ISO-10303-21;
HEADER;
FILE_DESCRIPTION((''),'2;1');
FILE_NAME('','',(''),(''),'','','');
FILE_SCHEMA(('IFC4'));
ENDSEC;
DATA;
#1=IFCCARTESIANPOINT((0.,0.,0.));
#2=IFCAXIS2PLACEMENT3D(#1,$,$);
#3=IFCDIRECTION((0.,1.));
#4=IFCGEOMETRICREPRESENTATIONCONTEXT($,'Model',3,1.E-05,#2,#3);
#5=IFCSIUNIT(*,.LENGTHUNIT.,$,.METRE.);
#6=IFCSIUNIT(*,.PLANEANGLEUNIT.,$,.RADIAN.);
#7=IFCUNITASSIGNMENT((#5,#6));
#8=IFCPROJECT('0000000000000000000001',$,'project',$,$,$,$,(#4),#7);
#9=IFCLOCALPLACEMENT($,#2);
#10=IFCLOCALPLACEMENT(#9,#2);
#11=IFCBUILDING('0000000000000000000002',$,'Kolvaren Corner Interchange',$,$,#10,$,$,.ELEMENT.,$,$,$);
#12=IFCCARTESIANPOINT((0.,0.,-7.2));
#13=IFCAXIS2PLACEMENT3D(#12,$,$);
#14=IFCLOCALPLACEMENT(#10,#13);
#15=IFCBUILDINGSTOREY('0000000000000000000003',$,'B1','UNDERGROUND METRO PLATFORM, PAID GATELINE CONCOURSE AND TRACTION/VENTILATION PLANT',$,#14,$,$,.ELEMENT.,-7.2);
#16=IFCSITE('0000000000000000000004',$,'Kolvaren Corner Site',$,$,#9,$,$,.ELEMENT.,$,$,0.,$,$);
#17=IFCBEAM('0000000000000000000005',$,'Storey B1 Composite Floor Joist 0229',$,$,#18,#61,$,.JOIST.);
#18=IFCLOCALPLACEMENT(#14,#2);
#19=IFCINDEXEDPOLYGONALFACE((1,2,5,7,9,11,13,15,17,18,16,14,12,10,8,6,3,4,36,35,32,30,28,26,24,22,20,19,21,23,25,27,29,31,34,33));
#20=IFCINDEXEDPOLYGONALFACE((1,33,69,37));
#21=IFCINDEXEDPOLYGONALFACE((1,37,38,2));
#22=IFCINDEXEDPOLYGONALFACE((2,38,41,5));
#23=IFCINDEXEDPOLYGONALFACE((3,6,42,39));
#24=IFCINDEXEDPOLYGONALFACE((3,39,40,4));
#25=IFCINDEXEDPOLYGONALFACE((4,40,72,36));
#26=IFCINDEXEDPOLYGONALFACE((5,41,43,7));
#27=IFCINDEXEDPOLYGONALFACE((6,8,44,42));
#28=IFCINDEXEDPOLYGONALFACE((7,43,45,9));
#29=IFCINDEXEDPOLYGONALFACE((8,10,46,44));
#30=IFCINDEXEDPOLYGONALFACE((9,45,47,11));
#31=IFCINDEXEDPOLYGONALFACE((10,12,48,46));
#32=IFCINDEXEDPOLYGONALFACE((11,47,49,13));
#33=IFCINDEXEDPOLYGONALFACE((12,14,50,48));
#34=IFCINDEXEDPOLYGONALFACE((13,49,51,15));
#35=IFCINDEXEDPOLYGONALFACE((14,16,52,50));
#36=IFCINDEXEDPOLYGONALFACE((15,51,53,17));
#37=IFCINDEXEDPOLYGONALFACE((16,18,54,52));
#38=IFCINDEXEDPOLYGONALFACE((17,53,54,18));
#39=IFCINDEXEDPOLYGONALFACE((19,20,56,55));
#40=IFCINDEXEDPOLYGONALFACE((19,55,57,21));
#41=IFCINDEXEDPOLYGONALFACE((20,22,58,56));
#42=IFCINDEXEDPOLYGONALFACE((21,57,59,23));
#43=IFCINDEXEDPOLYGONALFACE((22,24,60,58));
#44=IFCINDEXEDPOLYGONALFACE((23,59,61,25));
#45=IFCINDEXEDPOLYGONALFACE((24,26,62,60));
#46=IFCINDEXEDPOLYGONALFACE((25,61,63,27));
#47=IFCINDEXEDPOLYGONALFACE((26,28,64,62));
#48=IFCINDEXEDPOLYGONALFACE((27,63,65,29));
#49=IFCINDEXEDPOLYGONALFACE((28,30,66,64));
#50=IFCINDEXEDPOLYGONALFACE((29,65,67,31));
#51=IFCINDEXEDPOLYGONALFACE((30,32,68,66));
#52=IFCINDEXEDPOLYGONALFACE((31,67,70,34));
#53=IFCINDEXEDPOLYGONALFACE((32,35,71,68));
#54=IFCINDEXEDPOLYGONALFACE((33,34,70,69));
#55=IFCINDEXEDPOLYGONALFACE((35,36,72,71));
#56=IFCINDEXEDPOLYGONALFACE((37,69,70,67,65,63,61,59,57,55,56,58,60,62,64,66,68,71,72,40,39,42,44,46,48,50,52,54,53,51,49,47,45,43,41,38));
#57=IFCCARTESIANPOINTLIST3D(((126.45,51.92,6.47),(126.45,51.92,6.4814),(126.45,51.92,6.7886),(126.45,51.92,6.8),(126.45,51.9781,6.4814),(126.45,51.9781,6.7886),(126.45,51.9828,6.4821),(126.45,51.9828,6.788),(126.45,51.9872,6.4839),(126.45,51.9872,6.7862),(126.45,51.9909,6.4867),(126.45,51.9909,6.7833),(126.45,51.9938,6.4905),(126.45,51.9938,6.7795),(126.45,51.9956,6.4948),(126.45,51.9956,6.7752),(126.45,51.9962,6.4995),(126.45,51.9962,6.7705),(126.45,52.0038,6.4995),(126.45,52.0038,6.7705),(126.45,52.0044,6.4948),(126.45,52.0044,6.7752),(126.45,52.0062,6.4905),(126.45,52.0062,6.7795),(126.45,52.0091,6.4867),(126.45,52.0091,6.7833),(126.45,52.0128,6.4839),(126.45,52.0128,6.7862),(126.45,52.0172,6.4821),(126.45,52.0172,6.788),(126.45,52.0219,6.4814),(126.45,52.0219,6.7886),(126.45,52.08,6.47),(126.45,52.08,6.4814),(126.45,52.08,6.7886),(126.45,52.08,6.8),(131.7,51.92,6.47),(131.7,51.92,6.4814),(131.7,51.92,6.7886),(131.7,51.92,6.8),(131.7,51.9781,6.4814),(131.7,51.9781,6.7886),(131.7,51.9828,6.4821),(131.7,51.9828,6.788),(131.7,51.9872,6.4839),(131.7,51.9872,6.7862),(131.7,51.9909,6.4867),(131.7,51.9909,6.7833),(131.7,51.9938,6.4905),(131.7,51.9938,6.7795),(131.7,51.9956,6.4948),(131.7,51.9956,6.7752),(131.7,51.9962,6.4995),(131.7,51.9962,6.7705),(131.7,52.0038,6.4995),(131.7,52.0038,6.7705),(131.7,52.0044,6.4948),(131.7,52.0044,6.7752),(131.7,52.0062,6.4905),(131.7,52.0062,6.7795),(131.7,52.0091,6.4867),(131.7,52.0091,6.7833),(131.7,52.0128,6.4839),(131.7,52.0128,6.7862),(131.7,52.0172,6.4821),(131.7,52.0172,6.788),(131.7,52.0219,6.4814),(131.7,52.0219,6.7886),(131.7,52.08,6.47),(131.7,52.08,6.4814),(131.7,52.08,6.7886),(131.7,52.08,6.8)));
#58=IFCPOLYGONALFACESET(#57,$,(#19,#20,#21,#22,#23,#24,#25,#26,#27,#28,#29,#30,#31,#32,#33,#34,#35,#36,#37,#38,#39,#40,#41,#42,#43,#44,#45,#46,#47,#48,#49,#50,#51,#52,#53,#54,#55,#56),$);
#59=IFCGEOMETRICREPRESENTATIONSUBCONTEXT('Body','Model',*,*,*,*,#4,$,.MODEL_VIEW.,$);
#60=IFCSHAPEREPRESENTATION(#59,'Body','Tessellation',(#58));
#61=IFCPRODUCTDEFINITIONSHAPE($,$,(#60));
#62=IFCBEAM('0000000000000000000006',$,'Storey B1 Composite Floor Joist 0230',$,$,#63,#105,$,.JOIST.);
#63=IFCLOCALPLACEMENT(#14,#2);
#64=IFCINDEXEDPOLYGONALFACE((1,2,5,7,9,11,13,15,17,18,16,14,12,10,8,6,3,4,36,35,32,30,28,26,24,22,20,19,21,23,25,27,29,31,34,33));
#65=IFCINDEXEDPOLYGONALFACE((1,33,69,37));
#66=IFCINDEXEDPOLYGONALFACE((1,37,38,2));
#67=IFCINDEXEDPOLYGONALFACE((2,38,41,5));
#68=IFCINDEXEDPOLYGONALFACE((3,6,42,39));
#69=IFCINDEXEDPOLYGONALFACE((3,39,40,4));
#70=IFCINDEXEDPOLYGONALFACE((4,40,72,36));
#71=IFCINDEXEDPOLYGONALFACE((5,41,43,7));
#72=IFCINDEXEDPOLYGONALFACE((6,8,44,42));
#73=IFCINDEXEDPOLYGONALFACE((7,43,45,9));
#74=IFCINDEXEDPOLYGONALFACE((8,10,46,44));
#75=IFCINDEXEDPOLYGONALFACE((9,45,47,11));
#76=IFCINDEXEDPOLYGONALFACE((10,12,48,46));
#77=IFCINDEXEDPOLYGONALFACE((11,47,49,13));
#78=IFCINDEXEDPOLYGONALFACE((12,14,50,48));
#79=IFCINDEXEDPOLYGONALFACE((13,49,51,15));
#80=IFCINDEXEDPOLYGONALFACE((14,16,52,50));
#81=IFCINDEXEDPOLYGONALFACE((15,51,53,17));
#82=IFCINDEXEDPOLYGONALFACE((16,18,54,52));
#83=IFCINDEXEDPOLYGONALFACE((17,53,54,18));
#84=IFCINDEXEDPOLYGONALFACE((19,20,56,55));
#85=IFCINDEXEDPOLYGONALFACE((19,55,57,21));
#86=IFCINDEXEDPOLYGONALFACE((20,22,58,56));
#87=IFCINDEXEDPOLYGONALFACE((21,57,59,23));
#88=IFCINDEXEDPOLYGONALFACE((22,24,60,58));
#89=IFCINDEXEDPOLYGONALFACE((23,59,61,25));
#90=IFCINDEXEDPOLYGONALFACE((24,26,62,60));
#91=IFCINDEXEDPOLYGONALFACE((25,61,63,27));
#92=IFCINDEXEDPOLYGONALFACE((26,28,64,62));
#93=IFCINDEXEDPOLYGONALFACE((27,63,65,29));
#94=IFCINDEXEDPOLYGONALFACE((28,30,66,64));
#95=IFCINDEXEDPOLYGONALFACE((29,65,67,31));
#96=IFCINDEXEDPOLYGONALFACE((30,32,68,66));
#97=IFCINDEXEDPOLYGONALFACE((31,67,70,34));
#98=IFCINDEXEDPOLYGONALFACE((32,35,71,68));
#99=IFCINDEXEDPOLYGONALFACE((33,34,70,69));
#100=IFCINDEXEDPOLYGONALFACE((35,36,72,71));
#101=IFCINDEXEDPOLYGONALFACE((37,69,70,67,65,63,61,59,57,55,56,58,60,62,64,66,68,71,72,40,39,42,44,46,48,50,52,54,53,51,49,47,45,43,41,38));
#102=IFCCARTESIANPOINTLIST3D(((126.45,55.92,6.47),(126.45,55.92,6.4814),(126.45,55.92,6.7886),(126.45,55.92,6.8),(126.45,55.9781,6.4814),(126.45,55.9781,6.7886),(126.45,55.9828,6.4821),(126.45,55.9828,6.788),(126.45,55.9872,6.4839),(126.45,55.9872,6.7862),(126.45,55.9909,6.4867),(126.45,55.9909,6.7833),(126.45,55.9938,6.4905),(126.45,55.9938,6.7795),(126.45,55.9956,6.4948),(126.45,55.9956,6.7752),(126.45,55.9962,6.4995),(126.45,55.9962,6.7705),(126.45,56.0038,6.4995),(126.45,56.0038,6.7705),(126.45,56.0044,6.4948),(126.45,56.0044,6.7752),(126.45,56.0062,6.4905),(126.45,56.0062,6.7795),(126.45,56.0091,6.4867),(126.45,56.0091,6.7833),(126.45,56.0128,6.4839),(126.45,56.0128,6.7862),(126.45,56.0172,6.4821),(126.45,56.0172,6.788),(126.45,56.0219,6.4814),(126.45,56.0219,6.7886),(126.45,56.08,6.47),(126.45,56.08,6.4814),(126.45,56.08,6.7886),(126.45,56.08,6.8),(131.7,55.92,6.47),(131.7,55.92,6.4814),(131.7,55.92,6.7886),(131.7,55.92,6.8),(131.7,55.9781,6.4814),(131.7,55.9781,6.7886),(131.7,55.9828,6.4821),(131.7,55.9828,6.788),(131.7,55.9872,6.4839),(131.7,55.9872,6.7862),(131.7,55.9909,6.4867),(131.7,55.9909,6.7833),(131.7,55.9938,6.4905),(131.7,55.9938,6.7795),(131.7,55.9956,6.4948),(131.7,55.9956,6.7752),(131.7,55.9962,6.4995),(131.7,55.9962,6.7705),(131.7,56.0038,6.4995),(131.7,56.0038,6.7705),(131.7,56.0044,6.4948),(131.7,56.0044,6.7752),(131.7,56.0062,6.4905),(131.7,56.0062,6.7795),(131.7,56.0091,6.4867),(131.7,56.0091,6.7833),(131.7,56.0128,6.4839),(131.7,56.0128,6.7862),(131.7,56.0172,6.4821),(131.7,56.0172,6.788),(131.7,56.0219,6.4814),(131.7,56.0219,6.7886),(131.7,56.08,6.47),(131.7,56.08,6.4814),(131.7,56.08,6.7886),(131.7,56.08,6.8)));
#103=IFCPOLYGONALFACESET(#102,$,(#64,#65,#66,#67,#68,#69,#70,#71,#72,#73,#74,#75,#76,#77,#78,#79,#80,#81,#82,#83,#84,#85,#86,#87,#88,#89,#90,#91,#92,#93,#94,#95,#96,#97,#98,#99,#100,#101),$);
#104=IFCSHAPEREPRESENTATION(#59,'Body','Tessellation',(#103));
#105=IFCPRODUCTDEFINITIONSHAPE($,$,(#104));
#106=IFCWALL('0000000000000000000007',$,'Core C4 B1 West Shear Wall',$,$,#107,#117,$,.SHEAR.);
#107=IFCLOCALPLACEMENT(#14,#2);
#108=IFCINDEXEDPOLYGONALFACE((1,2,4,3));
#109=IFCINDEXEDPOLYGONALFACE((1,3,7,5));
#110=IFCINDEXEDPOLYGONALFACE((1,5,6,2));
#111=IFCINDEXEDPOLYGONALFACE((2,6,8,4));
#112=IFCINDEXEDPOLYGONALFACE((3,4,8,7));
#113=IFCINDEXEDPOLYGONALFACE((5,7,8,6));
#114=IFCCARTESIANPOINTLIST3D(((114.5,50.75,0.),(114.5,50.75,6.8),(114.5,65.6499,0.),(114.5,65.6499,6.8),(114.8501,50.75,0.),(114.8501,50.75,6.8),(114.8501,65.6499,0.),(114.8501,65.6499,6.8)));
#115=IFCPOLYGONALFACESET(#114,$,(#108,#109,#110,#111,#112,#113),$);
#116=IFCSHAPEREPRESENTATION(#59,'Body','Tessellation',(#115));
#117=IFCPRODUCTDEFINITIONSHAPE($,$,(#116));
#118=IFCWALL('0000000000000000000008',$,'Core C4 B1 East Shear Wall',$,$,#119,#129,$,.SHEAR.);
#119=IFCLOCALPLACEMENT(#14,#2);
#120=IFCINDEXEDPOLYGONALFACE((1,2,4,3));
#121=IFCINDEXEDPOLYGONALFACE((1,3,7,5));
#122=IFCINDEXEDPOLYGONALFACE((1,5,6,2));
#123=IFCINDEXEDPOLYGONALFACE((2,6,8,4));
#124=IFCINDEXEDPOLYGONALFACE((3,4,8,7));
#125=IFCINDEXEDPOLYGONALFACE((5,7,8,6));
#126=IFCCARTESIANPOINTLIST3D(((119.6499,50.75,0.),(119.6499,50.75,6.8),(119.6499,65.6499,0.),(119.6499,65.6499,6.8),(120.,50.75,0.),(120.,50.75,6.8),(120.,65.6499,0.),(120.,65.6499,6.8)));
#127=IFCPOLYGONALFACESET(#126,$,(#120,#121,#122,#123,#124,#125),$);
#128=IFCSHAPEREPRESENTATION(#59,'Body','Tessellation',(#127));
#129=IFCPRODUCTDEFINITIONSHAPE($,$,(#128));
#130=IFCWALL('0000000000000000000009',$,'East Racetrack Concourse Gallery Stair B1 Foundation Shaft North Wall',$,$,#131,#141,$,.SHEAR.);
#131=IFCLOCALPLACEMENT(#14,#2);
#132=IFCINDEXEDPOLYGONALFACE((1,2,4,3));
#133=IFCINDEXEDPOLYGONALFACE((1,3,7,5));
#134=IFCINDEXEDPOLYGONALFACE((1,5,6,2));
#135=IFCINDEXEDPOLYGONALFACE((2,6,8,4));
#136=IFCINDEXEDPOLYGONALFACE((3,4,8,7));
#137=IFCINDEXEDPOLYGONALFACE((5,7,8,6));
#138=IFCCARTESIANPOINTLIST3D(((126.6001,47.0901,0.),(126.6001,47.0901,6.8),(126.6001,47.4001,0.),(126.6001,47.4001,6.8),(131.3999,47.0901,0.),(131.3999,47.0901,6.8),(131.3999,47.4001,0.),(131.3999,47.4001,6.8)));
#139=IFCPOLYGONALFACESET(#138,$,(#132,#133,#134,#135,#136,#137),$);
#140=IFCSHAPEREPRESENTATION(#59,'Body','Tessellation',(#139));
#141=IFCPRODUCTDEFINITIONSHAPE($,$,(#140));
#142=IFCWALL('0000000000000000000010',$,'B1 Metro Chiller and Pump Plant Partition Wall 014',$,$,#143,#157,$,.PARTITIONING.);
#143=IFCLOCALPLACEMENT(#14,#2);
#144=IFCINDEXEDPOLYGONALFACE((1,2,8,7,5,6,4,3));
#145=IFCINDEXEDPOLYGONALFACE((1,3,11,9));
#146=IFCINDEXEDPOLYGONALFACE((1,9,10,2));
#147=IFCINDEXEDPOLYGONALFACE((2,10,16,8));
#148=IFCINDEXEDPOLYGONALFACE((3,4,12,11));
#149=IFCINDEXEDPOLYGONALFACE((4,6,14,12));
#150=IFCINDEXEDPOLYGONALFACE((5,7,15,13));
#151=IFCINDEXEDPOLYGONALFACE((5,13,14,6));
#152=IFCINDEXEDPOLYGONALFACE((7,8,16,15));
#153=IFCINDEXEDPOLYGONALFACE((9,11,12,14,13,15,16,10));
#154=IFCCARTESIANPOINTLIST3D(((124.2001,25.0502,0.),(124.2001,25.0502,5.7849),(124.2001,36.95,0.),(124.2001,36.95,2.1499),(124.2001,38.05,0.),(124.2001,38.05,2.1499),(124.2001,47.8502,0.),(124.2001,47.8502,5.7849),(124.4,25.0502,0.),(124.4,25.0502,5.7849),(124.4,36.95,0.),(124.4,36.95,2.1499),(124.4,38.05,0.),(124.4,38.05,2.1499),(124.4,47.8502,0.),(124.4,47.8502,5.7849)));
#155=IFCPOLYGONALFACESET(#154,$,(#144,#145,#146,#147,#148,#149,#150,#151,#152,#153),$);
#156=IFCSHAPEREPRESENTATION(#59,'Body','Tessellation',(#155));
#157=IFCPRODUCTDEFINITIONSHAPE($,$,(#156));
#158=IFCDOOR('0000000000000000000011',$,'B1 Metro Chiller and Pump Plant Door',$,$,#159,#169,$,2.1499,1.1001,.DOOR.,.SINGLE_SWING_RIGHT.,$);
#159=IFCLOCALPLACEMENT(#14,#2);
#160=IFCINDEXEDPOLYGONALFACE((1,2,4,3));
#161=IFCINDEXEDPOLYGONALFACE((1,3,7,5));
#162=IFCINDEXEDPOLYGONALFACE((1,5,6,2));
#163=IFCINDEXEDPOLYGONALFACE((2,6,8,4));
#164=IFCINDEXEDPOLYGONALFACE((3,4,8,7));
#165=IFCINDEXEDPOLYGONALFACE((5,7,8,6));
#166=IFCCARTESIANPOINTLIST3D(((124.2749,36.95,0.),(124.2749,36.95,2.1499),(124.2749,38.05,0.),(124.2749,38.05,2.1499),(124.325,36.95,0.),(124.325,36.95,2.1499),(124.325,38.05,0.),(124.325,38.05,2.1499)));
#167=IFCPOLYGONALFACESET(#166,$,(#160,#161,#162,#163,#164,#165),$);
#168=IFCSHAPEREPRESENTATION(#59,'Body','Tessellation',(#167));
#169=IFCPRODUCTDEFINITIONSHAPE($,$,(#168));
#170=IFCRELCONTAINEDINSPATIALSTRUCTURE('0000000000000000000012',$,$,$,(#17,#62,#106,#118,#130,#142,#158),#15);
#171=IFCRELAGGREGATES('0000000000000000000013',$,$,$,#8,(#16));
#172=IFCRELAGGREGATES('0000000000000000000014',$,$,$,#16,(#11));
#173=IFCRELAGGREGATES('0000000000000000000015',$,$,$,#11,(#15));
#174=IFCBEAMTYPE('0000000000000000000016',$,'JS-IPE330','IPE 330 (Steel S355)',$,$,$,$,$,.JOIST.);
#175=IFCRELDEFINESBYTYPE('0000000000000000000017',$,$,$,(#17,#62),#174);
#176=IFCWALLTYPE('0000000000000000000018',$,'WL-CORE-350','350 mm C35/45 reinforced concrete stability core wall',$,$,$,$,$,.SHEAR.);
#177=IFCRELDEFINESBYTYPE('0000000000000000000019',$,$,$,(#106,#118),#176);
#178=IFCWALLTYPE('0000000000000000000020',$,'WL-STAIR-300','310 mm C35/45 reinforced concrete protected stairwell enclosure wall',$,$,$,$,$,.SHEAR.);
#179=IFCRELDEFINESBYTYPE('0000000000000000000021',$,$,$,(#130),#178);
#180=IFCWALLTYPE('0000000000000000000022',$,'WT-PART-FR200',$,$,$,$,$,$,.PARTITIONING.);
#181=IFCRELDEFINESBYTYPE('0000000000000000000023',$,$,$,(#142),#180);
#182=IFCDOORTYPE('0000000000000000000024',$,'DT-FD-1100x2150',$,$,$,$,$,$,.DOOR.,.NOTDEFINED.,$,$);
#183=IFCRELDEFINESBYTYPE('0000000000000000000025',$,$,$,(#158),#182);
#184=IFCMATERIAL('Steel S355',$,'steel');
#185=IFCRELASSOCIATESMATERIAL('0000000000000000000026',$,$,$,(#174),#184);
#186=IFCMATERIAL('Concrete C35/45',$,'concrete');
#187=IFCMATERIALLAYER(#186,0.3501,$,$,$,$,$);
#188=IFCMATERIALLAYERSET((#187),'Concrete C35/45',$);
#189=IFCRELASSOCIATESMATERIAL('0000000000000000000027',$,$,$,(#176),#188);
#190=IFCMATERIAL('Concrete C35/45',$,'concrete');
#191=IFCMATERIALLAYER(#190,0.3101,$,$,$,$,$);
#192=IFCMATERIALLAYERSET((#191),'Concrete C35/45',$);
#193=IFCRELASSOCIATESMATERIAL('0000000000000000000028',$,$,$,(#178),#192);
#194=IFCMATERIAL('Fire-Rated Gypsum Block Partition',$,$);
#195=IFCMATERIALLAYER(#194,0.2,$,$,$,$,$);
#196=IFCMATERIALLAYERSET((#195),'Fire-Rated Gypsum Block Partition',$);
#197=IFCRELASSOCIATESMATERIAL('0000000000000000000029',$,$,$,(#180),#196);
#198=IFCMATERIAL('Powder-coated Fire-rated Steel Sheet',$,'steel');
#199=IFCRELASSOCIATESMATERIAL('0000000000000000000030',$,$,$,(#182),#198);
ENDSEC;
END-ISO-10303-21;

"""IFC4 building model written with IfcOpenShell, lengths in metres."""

from ifc_helpers import new_model, si_unit, direction, frame, frame_2d, origin, origin_2d, place, context, subcontext, project, spatial, rectangle, i_section, extrude, material, layer, layer_set, material_profile, profile_set, type_object, element, fill, save


model = new_model("IFC4")

# Units and contexts
model_context = context("Model", 3, precision=1e-05, world=origin(), true_north=direction((0.0, 1.0)))
body_context = subcontext(model_context, "Body", "Model", "MODEL_VIEW")
ifc_project = project(units=[si_unit("LENGTHUNIT", "METRE"), si_unit("PLANEANGLEUNIT", "RADIAN")], contexts=[model_context])

# Site, building, storey
site_placement = place(None, origin())
site = spatial("IfcSite", under=ifc_project, at=site_placement, Name="Kolvaren Corner Site", CompositionType="ELEMENT", RefElevation=0.0)
building_placement = place(site_placement, origin())
building = spatial("IfcBuilding", under=site, at=building_placement, Name="Kolvaren Corner Interchange", CompositionType="ELEMENT")
storey_placement = place(building_placement, frame((0.0, 0.0, -7.2)))
storey = spatial("IfcBuildingStorey", under=building, at=storey_placement, Name="B1", Description="UNDERGROUND METRO PLATFORM, PAID GATELINE CONCOURSE AND TRACTION/VENTILATION PLANT", CompositionType="ELEMENT", Elevation=-7.2)

# Beams
ifc_material_1 = material(Name="Steel S355", Category="steel")
ifc_material_profile_1 = material_profile(ifc_material_1, i_section(OverallWidth=0.1599, OverallDepth=0.3301, WebThickness=0.0076, FlangeThickness=0.0115, FilletRadius=0.0181, at=origin_2d()), Name="IPE 330")
ifc_profile_set_1 = profile_set([ifc_material_profile_1], Name="Steel S355")
beam_type_1 = type_object("IfcBeamType", Name="JS-IPE330", Description="IPE 330 (Steel S355)", PredefinedType="JOIST", material=ifc_profile_set_1)
for number, where, z_axis, x_axis, name in (
    (1, (126.45, 52.0, 6.635), (1.0, 0.0, 0.0), (0.0, 1.0, 0.0), "Storey B1 Composite Floor Joist 0229"),
    (2, (126.45, 56.0, 6.635), (1.0, 0.0, 0.0), (0.0, 1.0, 0.0), "Storey B1 Composite Floor Joist 0230"),
):
    element("IfcBeam", number, at=place(storey_placement, frame(where, z_axis=z_axis, x_axis=x_axis)), inside=storey, type_object=beam_type_1, Name=name, PredefinedType="JOIST", context=body_context, shape_type="SweptSolid", body=[
        extrude(i_section(OverallWidth=0.1599, OverallDepth=0.3301, WebThickness=0.0076, FlangeThickness=0.0115, FilletRadius=0.0181, at=origin_2d()), origin(), (0.0, 0.0, 1.0), 5.25),
    ])

# Shared definitions
ifc_material_2 = material(Name="Concrete C35/45", Category="concrete")
ifc_layer_1 = layer(ifc_material_2, 0.3501)
ifc_layer_set_1 = layer_set([ifc_layer_1], Name="Concrete C35/45")
wall_type_1 = type_object("IfcWallType", Name="WL-CORE-350", Description="350 mm C35/45 reinforced concrete stability core wall", PredefinedType="SHEAR", material=ifc_layer_set_1)

# Walls
for number, where, z_axis, x_axis, name in (
    (3, (114.675, 50.75, 0.0), (0.0, 0.0, 1.0), (0.0, 1.0, 0.0), "Core C4 B1 West Shear Wall"),
    (4, (119.825, 50.75, 0.0), (0.0, 0.0, 1.0), (0.0, 1.0, 0.0), "Core C4 B1 East Shear Wall"),
):
    element("IfcWall", number, at=place(storey_placement, frame(where, z_axis=z_axis, x_axis=x_axis)), inside=storey, type_object=wall_type_1, Name=name, PredefinedType="SHEAR", context=body_context, shape_type="SweptSolid", body=[
        extrude(rectangle(XDim=14.8999, YDim=0.3501, at=frame_2d((7.45, 0.0))), origin(), (0.0, 0.0, 1.0), 6.8),
    ])
ifc_material_3 = material(Name="Concrete C35/45", Category="concrete")
ifc_layer_2 = layer(ifc_material_3, 0.3101)
ifc_layer_set_2 = layer_set([ifc_layer_2], Name="Concrete C35/45")
wall_type_2 = type_object("IfcWallType", Name="WL-STAIR-300", Description="310 mm C35/45 reinforced concrete protected stairwell enclosure wall", PredefinedType="SHEAR", material=ifc_layer_set_2)
wall_1_placement = place(storey_placement, frame((126.6001, 47.2451, 0.0), z_axis=(0.0, 0.0, 1.0), x_axis=(1.0, 0.0, 0.0)))
element("IfcWall", 5, at=wall_1_placement, inside=storey, type_object=wall_type_2, Name="East Racetrack Concourse Gallery Stair B1 Foundation Shaft North Wall", PredefinedType="SHEAR", context=body_context, shape_type="SweptSolid", body=[
    extrude(rectangle(XDim=4.7998, YDim=0.3101, at=frame_2d((2.3999, 0.0))), origin(), (0.0, 0.0, 1.0), 6.8),
])

# Wall, opening, door
ifc_material_4 = material(Name="Fire-Rated Gypsum Block Partition")
ifc_layer_3 = layer(ifc_material_4, 0.2)
ifc_layer_set_3 = layer_set([ifc_layer_3], Name="Fire-Rated Gypsum Block Partition")
wall_type_3 = type_object("IfcWallType", Name="WT-PART-FR200", PredefinedType="PARTITIONING", material=ifc_layer_set_3)
wall_2_placement = place(storey_placement, frame((124.3, 47.8501, 0.0), z_axis=(0.0, 0.0, 1.0), x_axis=(0.0, -1.0, 0.0)))
wall_2 = element("IfcWall", 6, at=wall_2_placement, inside=storey, type_object=wall_type_3, Name="B1 Metro Chiller and Pump Plant Partition Wall 014", PredefinedType="PARTITIONING", context=body_context, shape_type="SweptSolid", body=[
    extrude(rectangle(XDim=22.8, YDim=0.2, at=frame_2d((11.3999, 0.0))), origin(), (0.0, 0.0, 1.0), 5.7849),
])
opening_1_placement = place(wall_2_placement, frame((9.8, 0.0, 0.0)))
opening_1 = element("IfcOpeningElement", 7, at=opening_1_placement, cuts=wall_2, PredefinedType="OPENING", context=body_context, shape_type="SweptSolid", body=[
    extrude(rectangle(XDim=1.1001, YDim=2.1499, at=frame_2d((0.55, 1.075))), frame((0.0, 0.1099, 0.0), z_axis=(0.0, -1.0, 0.0), x_axis=(1.0, 0.0, 0.0)), (0.0, 0.0, 1.0), 0.22),
])
ifc_material_5 = material(Name="Powder-coated Fire-rated Steel Sheet", Category="steel")
door_type_1 = type_object("IfcDoorType", Name="DT-FD-1100x2150", OperationType="NOTDEFINED", PredefinedType="DOOR", material=ifc_material_5)
door_1_placement = place(opening_1_placement, origin())
door_1 = element("IfcDoor", 8, at=door_1_placement, inside=storey, type_object=door_type_1, Name="B1 Metro Chiller and Pump Plant Door", OperationType="SINGLE_SWING_RIGHT", OverallHeight=2.1499, OverallWidth=1.1001, PredefinedType="DOOR", context=body_context, shape_type="SweptSolid", body=[
    extrude(rectangle(XDim=1.1001, YDim=2.1499, at=frame_2d((0.55, 1.075))), frame((0.0, 0.0249, 0.0), z_axis=(0.0, -1.0, 0.0), x_axis=(1.0, 0.0, 0.0)), (0.0, 0.0, 1.0), 0.05),
])
fill(opening_1, door_1)

save(model, "model.ifc")
